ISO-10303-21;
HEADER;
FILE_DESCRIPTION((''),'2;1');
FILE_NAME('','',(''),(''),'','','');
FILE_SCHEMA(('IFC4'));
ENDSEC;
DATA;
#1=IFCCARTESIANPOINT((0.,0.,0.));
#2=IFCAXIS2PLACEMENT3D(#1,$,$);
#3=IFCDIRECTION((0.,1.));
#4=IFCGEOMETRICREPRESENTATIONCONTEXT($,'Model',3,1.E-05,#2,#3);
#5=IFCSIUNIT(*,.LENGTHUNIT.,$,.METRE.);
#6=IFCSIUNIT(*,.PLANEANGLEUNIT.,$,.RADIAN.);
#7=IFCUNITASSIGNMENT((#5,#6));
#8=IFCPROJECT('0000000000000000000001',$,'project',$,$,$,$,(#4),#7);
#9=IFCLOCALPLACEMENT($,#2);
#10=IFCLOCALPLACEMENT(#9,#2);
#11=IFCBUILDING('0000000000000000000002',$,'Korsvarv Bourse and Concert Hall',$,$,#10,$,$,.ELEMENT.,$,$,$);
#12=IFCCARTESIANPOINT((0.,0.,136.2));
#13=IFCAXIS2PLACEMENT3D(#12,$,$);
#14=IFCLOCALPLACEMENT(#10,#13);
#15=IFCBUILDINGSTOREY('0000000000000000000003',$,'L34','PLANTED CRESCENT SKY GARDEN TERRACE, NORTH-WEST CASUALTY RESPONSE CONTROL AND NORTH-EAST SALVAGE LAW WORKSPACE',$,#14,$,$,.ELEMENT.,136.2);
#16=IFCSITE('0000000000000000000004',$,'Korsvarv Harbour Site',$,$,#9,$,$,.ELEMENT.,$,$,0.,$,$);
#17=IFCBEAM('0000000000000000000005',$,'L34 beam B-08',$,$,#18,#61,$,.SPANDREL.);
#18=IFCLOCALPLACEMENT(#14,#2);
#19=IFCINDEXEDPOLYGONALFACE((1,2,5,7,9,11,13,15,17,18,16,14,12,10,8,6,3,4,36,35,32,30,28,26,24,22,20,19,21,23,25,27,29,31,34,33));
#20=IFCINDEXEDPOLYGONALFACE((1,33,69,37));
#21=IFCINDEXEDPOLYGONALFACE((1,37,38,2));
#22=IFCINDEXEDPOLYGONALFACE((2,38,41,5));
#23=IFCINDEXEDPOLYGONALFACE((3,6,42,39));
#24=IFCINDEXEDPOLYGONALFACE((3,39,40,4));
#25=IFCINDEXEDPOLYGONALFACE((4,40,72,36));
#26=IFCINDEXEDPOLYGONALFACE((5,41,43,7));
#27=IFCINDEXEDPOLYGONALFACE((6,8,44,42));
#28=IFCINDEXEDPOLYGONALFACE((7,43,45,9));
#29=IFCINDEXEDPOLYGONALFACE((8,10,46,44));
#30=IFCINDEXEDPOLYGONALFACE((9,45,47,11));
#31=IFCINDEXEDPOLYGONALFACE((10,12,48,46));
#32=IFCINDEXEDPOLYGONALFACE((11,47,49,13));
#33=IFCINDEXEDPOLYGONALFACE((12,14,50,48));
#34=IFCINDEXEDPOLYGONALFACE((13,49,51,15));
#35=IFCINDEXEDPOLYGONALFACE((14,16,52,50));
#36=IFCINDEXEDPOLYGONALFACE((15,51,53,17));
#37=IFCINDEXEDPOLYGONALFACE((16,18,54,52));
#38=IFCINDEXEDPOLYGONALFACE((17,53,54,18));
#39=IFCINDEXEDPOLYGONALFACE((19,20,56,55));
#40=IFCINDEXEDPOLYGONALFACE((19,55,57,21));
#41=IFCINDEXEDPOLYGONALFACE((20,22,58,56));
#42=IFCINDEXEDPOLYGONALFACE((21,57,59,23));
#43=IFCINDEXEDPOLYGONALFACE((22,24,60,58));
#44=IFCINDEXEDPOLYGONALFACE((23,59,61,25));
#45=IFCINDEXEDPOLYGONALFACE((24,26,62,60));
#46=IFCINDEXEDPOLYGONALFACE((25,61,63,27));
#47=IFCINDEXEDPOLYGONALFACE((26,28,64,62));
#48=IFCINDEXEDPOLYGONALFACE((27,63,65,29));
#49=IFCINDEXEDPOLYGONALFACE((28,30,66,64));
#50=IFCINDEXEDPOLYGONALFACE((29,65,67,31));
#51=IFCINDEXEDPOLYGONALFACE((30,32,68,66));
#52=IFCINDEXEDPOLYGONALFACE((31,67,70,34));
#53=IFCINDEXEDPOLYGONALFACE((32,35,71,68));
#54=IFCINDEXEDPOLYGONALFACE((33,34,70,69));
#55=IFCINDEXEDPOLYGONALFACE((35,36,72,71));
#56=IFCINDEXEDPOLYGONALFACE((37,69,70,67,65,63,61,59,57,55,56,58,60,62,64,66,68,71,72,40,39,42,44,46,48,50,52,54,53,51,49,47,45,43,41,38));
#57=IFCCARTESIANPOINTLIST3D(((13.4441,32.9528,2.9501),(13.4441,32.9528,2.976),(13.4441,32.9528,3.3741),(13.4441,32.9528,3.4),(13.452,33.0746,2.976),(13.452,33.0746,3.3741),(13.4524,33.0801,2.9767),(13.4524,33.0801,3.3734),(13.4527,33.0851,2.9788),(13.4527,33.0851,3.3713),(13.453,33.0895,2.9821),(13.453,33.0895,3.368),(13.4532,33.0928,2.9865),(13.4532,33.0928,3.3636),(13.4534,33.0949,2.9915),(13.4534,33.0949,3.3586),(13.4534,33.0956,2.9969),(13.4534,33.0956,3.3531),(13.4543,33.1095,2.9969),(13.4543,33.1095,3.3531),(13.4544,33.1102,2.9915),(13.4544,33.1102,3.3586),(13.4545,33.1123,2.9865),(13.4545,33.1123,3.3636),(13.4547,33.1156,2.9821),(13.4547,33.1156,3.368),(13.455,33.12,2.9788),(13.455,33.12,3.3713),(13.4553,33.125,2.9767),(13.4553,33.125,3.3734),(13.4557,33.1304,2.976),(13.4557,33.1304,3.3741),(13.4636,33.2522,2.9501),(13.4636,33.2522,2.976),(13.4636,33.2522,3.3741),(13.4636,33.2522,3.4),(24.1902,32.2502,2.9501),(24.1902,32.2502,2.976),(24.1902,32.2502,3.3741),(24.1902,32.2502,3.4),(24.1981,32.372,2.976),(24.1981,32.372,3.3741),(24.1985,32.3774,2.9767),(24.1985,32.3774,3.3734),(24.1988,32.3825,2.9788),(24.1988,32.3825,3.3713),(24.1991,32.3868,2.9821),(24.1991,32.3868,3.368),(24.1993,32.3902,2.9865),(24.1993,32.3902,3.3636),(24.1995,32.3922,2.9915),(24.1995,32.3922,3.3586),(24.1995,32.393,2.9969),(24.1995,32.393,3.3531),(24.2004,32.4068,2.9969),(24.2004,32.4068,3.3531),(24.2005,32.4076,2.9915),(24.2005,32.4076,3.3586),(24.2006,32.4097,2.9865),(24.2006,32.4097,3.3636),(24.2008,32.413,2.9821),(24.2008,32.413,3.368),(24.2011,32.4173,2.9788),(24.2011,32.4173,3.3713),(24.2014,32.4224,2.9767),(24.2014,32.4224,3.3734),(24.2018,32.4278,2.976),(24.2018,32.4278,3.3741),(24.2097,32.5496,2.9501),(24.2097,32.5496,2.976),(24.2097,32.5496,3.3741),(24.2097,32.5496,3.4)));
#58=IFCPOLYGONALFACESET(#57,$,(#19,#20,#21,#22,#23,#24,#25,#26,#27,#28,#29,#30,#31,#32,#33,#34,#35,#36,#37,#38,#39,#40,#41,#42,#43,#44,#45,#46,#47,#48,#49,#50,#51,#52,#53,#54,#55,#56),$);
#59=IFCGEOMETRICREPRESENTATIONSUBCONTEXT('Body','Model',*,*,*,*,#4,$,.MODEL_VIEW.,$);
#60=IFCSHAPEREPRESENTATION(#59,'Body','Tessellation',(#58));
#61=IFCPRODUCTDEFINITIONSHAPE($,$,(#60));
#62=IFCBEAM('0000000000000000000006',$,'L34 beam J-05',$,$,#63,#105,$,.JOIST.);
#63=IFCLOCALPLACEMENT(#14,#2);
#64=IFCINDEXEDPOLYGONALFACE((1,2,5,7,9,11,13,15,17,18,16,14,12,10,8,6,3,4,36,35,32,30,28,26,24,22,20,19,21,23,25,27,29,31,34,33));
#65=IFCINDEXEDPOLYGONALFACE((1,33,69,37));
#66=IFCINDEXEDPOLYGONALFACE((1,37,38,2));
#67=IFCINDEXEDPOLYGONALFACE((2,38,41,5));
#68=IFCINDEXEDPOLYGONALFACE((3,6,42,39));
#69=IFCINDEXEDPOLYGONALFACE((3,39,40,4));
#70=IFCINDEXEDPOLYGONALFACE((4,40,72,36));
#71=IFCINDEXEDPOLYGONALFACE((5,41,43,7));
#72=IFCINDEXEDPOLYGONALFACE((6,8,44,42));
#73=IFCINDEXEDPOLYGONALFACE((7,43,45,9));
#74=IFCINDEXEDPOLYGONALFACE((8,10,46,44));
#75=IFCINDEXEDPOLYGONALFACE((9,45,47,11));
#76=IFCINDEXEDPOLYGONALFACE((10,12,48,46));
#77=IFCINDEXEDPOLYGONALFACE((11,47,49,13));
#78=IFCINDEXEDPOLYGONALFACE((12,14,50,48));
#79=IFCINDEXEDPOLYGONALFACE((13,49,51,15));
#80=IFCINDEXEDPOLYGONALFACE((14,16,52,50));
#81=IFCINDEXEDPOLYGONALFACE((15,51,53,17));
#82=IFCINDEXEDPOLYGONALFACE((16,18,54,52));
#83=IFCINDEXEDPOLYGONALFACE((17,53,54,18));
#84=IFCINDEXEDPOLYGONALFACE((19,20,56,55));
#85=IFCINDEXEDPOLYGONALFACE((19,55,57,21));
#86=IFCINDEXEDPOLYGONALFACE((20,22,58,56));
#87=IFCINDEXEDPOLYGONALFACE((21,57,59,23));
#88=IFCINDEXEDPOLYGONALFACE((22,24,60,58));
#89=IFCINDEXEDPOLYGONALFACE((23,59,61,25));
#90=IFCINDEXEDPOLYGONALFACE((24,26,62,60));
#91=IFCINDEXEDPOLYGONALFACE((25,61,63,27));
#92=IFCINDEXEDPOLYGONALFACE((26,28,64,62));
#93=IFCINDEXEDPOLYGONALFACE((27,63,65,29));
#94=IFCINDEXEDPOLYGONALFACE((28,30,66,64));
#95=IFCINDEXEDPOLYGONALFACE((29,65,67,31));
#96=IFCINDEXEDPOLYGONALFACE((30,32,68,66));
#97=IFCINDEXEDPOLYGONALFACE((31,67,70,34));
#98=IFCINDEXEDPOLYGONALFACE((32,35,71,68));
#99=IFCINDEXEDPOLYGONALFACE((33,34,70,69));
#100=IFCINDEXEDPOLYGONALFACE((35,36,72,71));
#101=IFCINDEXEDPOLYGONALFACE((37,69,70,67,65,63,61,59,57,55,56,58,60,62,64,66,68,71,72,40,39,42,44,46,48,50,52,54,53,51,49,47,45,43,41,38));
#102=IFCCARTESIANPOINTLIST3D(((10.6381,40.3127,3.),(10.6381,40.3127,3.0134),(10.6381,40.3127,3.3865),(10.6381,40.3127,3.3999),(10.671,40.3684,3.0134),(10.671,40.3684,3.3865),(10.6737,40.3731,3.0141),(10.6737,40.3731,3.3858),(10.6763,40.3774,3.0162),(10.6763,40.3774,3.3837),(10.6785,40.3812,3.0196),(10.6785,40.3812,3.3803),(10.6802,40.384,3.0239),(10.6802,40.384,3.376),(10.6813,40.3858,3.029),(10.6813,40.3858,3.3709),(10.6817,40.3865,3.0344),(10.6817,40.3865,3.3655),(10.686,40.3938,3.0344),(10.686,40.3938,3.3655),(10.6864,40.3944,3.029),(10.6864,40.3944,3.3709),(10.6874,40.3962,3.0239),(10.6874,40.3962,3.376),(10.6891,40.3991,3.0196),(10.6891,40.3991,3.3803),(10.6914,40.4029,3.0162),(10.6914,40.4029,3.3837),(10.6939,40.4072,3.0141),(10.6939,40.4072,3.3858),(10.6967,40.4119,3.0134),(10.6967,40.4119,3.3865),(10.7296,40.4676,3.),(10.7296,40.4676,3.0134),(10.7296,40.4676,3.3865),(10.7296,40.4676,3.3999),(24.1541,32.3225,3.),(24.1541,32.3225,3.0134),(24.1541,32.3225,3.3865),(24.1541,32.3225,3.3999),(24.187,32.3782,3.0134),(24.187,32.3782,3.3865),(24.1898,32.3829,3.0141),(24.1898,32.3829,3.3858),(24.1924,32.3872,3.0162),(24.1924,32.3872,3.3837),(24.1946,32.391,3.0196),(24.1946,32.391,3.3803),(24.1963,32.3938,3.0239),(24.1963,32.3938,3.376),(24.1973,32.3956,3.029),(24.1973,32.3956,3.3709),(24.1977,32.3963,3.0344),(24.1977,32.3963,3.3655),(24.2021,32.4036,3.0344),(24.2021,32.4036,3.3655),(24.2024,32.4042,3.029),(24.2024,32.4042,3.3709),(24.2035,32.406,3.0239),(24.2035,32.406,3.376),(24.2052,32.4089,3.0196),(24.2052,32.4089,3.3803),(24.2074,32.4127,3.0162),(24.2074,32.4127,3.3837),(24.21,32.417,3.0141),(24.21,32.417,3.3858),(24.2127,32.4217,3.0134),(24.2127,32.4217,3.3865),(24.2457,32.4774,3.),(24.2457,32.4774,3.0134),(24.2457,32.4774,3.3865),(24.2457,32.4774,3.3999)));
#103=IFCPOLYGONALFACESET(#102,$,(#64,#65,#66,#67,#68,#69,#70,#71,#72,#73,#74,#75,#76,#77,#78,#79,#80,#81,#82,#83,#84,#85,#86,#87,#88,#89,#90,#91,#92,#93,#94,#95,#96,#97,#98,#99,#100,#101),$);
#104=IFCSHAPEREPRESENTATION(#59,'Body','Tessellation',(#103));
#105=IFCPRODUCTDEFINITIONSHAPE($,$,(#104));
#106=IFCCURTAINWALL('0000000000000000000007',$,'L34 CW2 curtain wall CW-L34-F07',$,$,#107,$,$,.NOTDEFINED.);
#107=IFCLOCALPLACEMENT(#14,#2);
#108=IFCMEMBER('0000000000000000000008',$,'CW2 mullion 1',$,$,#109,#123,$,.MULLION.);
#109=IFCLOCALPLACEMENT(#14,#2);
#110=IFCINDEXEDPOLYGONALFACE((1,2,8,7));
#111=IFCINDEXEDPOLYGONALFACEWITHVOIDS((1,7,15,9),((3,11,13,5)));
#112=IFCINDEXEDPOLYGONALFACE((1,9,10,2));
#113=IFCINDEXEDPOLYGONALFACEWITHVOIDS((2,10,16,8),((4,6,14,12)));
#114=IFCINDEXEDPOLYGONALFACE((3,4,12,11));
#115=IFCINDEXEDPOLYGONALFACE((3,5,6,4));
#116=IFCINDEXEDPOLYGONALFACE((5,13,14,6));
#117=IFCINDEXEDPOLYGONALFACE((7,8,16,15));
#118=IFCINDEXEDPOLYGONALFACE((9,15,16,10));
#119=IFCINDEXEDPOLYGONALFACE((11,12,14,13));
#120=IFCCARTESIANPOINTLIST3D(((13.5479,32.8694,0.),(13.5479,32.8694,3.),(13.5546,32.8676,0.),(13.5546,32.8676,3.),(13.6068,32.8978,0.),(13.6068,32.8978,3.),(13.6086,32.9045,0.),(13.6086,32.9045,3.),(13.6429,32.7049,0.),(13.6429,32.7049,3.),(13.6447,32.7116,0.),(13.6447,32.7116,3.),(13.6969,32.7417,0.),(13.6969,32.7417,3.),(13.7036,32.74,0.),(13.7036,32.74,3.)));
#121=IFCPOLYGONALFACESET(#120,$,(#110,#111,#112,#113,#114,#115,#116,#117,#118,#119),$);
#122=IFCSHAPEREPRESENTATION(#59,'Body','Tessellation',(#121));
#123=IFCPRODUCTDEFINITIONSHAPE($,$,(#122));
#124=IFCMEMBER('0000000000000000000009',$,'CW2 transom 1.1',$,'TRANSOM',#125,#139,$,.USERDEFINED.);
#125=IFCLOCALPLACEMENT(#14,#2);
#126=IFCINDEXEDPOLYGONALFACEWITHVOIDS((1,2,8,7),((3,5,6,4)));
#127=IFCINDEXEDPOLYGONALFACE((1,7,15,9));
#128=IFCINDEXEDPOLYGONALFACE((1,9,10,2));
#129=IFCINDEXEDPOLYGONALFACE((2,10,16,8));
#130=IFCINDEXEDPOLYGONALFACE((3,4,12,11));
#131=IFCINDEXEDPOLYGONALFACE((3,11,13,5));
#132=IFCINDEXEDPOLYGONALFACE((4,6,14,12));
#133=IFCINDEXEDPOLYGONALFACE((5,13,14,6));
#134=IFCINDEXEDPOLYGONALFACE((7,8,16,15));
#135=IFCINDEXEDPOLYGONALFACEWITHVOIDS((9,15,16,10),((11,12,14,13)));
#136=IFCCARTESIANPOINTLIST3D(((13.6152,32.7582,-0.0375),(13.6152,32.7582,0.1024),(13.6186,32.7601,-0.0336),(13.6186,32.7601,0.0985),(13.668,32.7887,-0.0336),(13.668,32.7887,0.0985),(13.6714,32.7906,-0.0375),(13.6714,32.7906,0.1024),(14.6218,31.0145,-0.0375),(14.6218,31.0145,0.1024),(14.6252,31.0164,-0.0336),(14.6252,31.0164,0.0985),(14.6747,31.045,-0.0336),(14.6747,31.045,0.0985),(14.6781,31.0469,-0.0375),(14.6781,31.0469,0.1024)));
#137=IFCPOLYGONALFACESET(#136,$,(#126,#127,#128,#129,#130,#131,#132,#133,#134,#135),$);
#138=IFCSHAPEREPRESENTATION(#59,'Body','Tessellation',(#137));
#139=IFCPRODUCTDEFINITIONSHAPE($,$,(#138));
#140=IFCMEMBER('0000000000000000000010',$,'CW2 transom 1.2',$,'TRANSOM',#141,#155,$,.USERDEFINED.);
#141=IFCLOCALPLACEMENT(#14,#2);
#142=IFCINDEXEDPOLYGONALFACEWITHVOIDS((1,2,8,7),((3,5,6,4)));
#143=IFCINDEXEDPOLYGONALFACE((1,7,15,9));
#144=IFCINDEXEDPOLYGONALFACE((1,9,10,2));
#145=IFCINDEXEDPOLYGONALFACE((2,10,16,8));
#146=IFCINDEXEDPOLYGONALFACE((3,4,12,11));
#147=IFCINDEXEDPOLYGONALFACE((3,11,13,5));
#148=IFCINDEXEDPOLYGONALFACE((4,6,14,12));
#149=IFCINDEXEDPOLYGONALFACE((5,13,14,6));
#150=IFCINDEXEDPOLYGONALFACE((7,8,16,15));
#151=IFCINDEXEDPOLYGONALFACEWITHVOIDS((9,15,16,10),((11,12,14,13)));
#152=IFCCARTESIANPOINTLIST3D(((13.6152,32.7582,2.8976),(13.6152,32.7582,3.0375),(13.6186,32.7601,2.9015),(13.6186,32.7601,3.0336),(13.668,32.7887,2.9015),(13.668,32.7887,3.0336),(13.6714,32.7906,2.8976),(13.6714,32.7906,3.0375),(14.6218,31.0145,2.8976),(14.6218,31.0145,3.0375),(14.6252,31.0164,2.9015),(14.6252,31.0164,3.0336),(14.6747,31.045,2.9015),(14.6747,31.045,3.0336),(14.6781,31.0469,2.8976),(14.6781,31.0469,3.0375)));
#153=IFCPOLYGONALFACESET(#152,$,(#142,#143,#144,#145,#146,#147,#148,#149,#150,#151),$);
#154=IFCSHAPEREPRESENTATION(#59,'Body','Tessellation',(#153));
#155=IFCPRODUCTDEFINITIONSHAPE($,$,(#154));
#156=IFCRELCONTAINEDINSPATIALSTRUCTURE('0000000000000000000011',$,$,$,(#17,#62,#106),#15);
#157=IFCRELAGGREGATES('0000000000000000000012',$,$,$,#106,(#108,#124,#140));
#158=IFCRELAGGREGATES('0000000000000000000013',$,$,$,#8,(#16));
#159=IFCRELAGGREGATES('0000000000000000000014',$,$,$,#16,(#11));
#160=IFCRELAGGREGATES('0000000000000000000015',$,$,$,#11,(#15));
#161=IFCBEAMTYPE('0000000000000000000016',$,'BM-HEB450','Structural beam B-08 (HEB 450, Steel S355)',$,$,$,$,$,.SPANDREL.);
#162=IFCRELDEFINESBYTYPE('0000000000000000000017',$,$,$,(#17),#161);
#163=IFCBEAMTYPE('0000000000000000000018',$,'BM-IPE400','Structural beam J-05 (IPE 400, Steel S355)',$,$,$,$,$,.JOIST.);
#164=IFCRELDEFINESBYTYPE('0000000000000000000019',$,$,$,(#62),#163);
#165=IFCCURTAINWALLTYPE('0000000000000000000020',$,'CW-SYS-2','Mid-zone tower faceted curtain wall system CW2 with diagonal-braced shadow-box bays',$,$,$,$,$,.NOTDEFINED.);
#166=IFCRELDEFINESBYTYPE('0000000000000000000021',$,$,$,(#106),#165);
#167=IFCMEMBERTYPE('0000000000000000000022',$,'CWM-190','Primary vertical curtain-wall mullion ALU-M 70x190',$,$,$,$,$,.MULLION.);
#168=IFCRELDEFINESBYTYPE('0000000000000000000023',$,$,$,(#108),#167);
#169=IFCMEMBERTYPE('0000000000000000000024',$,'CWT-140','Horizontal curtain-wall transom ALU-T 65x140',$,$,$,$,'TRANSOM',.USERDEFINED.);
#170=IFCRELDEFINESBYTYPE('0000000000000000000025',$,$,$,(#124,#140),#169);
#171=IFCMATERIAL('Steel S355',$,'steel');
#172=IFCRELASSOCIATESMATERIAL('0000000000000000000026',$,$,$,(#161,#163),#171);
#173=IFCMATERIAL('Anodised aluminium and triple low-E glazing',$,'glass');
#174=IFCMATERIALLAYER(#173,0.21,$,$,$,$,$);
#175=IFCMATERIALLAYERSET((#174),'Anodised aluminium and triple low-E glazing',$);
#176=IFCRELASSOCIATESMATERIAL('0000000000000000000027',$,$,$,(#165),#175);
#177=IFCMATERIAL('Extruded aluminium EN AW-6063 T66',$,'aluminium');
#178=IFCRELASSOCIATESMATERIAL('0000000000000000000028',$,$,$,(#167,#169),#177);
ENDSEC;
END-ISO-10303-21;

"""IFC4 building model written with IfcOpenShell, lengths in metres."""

from ifc_helpers import new_model, si_unit, direction, frame, origin, origin_2d, place, context, subcontext, project, spatial, hollow_rectangle, i_section, extrude, source, transform, mapped, material, layer, layer_set, material_profile, profile_set, type_object, element, aggregate, save


model = new_model("IFC4")

# Units and contexts
model_context = context("Model", 3, precision=1e-05, world=origin(), true_north=direction((0.0, 1.0)))
body_context = subcontext(model_context, "Body", "Model", "MODEL_VIEW")
ifc_project = project(units=[si_unit("LENGTHUNIT", "METRE"), si_unit("PLANEANGLEUNIT", "RADIAN")], contexts=[model_context])

# Site, building, storey
site_placement = place(None, origin())
site = spatial("IfcSite", under=ifc_project, at=site_placement, Name="Korsvarv Harbour Site", CompositionType="ELEMENT", RefElevation=0.0)
building_placement = place(site_placement, origin())
building = spatial("IfcBuilding", under=site, at=building_placement, Name="Korsvarv Bourse and Concert Hall", CompositionType="ELEMENT")
storey_placement = place(building_placement, frame((0.0, 0.0, 136.2)))
storey = spatial("IfcBuildingStorey", under=building, at=storey_placement, Name="L34", Description="PLANTED CRESCENT SKY GARDEN TERRACE, NORTH-WEST CASUALTY RESPONSE CONTROL AND NORTH-EAST SALVAGE LAW WORKSPACE", CompositionType="ELEMENT", Elevation=136.2)

# Shared definitions
ifc_material_1 = material(Name="Steel S355", Category="steel")

# Beams
ifc_material_profile_1 = material_profile(ifc_material_1, i_section(OverallWidth=0.3, OverallDepth=0.45, WebThickness=0.0139, FlangeThickness=0.0259, FilletRadius=0.021, at=origin_2d()), Name="HEB 450")
ifc_profile_set_1 = profile_set([ifc_material_profile_1], Name="Steel S355")
beam_type_1 = type_object("IfcBeamType", Name="BM-HEB450", Description="Structural beam B-08 (HEB 450, Steel S355)", PredefinedType="SPANDREL", material=ifc_profile_set_1)
shared_shape_1 = source(origin(), body_context, "Body", "SweptSolid", [
    extrude(i_section(OverallWidth=0.3, OverallDepth=0.45, WebThickness=0.0139, FlangeThickness=0.0259, FilletRadius=0.021, at=origin_2d()), origin(), (0.0, 0.0, 1.0), 10.769),
])
beam_1_placement = place(storey_placement, frame((13.4539, 33.1025, 3.175), z_axis=(0.997869, -0.065246, 0.0), x_axis=(0.065246, 0.997869, 0.0)))
element("IfcBeam", 1, at=beam_1_placement, inside=storey, type_object=beam_type_1, Name="L34 beam B-08", PredefinedType="SPANDREL", context=body_context, shape_type="MappedRepresentation", body=[
    mapped(shared_shape_1, transform((0.0, 0.0, 0.0), scale=1.0)),
])
ifc_material_profile_2 = material_profile(ifc_material_1, i_section(OverallWidth=0.1799, OverallDepth=0.3999, WebThickness=0.0085, FlangeThickness=0.0134, FilletRadius=0.021, at=origin_2d()), Name="IPE 400")
ifc_profile_set_2 = profile_set([ifc_material_profile_2], Name="Steel S355")
beam_type_2 = type_object("IfcBeamType", Name="BM-IPE400", Description="Structural beam J-05 (IPE 400, Steel S355)", PredefinedType="JOIST", material=ifc_profile_set_2)
shared_shape_2 = source(origin(), body_context, "Body", "SweptSolid", [
    extrude(i_section(OverallWidth=0.1799, OverallDepth=0.3999, WebThickness=0.0085, FlangeThickness=0.0134, FilletRadius=0.021, at=origin_2d()), origin(), (0.0, 0.0, 1.0), 15.7012),
])
beam_2_placement = place(storey_placement, frame((10.6838, 40.3901, 3.2), z_axis=(0.860831, -0.508892, 0.0), x_axis=(0.508892, 0.860831, 0.0)))
element("IfcBeam", 2, at=beam_2_placement, inside=storey, type_object=beam_type_2, Name="L34 beam J-05", PredefinedType="JOIST", context=body_context, shape_type="MappedRepresentation", body=[
    mapped(shared_shape_2, transform((0.0, 0.0, 0.0), scale=1.0)),
])

# Curtain wall, members
ifc_material_2 = material(Name="Anodised aluminium and triple low-E glazing", Category="glass")
ifc_layer_1 = layer(ifc_material_2, 0.21)
ifc_layer_set_1 = layer_set([ifc_layer_1], Name="Anodised aluminium and triple low-E glazing")
curtain_wall_type = type_object("IfcCurtainWallType", Name="CW-SYS-2", Description="Mid-zone tower faceted curtain wall system CW2 with diagonal-braced shadow-box bays", PredefinedType="NOTDEFINED", material=ifc_layer_set_1)
curtain_wall_placement = place(storey_placement, origin())
curtain_wall = element("IfcCurtainWall", 3, at=curtain_wall_placement, inside=storey, type_object=curtain_wall_type, Name="L34 CW2 curtain wall CW-L34-F07", PredefinedType="NOTDEFINED")
ifc_material_3 = material(Name="Extruded aluminium EN AW-6063 T66", Category="aluminium")
ifc_material_profile_3 = material_profile(ifc_material_3, hollow_rectangle(XDim=0.0701, YDim=0.1899, WallThickness=0.0049, at=origin_2d()), Name="ALU-M 70x190")
ifc_profile_set_3 = profile_set([ifc_material_profile_3], Name="Extruded aluminium EN AW-6063 T66")
member_type_1 = type_object("IfcMemberType", Name="CWM-190", Description="Primary vertical curtain-wall mullion ALU-M 70x190", PredefinedType="MULLION", material=ifc_profile_set_3)
shared_shape_3 = source(origin(), body_context, "Body", "SweptSolid", [
    extrude(hollow_rectangle(XDim=0.0701, YDim=0.1899, WallThickness=0.0049, at=origin_2d()), origin(), (0.0, 0.0, 1.0), 3.0),
])
member_1_placement = place(storey_placement, frame((13.6257, 32.8047, 0.0), z_axis=(0.0, 0.0, 1.0), x_axis=(0.866025, 0.5, 0.0)))
member_1 = element("IfcMember", 4, at=member_1_placement, type_object=member_type_1, Name="CW2 mullion 1", PredefinedType="MULLION", context=body_context, shape_type="MappedRepresentation", body=[
    mapped(shared_shape_3, transform((0.0, 0.0, 0.0), scale=1.0)),
])
ifc_material_profile_4 = material_profile(ifc_material_3, hollow_rectangle(XDim=0.0649, YDim=0.1399, WallThickness=0.0039, at=origin_2d()), Name="ALU-T 65x140")
ifc_profile_set_4 = profile_set([ifc_material_profile_4], Name="Extruded aluminium EN AW-6063 T66")
member_type_2 = type_object("IfcMemberType", Name="CWT-140", Description="Horizontal curtain-wall transom ALU-T 65x140", ElementType="TRANSOM", PredefinedType="USERDEFINED", material=ifc_profile_set_4)
shared_shape_4 = source(origin(), body_context, "Body", "SweptSolid", [
    extrude(hollow_rectangle(XDim=0.0649, YDim=0.1399, WallThickness=0.0039, at=origin_2d()), origin(), (0.0, 0.0, 1.0), 2.0134),
])
member_2_placement = place(storey_placement, frame((13.6433, 32.7744, 0.0325), z_axis=(0.49996, -0.866048, 0.0), x_axis=(0.866048, 0.49996, 0.0)))
member_2 = element("IfcMember", 5, at=member_2_placement, type_object=member_type_2, Name="CW2 transom 1.1", ObjectType="TRANSOM", PredefinedType="USERDEFINED", context=body_context, shape_type="MappedRepresentation", body=[
    mapped(shared_shape_4, transform((0.0, 0.0, 0.0), scale=1.0)),
])
member_3_placement = place(storey_placement, frame((13.6433, 32.7744, 2.9675), z_axis=(0.49996, -0.866048, 0.0), x_axis=(0.866048, 0.49996, 0.0)))
member_3 = element("IfcMember", 6, at=member_3_placement, type_object=member_type_2, Name="CW2 transom 1.2", ObjectType="TRANSOM", PredefinedType="USERDEFINED", context=body_context, shape_type="MappedRepresentation", body=[
    mapped(shared_shape_4, transform((0.0, 0.0, 0.0), scale=1.0)),
])
aggregate(curtain_wall, [member_1, member_2, member_3])

save(model, "model.ifc")
